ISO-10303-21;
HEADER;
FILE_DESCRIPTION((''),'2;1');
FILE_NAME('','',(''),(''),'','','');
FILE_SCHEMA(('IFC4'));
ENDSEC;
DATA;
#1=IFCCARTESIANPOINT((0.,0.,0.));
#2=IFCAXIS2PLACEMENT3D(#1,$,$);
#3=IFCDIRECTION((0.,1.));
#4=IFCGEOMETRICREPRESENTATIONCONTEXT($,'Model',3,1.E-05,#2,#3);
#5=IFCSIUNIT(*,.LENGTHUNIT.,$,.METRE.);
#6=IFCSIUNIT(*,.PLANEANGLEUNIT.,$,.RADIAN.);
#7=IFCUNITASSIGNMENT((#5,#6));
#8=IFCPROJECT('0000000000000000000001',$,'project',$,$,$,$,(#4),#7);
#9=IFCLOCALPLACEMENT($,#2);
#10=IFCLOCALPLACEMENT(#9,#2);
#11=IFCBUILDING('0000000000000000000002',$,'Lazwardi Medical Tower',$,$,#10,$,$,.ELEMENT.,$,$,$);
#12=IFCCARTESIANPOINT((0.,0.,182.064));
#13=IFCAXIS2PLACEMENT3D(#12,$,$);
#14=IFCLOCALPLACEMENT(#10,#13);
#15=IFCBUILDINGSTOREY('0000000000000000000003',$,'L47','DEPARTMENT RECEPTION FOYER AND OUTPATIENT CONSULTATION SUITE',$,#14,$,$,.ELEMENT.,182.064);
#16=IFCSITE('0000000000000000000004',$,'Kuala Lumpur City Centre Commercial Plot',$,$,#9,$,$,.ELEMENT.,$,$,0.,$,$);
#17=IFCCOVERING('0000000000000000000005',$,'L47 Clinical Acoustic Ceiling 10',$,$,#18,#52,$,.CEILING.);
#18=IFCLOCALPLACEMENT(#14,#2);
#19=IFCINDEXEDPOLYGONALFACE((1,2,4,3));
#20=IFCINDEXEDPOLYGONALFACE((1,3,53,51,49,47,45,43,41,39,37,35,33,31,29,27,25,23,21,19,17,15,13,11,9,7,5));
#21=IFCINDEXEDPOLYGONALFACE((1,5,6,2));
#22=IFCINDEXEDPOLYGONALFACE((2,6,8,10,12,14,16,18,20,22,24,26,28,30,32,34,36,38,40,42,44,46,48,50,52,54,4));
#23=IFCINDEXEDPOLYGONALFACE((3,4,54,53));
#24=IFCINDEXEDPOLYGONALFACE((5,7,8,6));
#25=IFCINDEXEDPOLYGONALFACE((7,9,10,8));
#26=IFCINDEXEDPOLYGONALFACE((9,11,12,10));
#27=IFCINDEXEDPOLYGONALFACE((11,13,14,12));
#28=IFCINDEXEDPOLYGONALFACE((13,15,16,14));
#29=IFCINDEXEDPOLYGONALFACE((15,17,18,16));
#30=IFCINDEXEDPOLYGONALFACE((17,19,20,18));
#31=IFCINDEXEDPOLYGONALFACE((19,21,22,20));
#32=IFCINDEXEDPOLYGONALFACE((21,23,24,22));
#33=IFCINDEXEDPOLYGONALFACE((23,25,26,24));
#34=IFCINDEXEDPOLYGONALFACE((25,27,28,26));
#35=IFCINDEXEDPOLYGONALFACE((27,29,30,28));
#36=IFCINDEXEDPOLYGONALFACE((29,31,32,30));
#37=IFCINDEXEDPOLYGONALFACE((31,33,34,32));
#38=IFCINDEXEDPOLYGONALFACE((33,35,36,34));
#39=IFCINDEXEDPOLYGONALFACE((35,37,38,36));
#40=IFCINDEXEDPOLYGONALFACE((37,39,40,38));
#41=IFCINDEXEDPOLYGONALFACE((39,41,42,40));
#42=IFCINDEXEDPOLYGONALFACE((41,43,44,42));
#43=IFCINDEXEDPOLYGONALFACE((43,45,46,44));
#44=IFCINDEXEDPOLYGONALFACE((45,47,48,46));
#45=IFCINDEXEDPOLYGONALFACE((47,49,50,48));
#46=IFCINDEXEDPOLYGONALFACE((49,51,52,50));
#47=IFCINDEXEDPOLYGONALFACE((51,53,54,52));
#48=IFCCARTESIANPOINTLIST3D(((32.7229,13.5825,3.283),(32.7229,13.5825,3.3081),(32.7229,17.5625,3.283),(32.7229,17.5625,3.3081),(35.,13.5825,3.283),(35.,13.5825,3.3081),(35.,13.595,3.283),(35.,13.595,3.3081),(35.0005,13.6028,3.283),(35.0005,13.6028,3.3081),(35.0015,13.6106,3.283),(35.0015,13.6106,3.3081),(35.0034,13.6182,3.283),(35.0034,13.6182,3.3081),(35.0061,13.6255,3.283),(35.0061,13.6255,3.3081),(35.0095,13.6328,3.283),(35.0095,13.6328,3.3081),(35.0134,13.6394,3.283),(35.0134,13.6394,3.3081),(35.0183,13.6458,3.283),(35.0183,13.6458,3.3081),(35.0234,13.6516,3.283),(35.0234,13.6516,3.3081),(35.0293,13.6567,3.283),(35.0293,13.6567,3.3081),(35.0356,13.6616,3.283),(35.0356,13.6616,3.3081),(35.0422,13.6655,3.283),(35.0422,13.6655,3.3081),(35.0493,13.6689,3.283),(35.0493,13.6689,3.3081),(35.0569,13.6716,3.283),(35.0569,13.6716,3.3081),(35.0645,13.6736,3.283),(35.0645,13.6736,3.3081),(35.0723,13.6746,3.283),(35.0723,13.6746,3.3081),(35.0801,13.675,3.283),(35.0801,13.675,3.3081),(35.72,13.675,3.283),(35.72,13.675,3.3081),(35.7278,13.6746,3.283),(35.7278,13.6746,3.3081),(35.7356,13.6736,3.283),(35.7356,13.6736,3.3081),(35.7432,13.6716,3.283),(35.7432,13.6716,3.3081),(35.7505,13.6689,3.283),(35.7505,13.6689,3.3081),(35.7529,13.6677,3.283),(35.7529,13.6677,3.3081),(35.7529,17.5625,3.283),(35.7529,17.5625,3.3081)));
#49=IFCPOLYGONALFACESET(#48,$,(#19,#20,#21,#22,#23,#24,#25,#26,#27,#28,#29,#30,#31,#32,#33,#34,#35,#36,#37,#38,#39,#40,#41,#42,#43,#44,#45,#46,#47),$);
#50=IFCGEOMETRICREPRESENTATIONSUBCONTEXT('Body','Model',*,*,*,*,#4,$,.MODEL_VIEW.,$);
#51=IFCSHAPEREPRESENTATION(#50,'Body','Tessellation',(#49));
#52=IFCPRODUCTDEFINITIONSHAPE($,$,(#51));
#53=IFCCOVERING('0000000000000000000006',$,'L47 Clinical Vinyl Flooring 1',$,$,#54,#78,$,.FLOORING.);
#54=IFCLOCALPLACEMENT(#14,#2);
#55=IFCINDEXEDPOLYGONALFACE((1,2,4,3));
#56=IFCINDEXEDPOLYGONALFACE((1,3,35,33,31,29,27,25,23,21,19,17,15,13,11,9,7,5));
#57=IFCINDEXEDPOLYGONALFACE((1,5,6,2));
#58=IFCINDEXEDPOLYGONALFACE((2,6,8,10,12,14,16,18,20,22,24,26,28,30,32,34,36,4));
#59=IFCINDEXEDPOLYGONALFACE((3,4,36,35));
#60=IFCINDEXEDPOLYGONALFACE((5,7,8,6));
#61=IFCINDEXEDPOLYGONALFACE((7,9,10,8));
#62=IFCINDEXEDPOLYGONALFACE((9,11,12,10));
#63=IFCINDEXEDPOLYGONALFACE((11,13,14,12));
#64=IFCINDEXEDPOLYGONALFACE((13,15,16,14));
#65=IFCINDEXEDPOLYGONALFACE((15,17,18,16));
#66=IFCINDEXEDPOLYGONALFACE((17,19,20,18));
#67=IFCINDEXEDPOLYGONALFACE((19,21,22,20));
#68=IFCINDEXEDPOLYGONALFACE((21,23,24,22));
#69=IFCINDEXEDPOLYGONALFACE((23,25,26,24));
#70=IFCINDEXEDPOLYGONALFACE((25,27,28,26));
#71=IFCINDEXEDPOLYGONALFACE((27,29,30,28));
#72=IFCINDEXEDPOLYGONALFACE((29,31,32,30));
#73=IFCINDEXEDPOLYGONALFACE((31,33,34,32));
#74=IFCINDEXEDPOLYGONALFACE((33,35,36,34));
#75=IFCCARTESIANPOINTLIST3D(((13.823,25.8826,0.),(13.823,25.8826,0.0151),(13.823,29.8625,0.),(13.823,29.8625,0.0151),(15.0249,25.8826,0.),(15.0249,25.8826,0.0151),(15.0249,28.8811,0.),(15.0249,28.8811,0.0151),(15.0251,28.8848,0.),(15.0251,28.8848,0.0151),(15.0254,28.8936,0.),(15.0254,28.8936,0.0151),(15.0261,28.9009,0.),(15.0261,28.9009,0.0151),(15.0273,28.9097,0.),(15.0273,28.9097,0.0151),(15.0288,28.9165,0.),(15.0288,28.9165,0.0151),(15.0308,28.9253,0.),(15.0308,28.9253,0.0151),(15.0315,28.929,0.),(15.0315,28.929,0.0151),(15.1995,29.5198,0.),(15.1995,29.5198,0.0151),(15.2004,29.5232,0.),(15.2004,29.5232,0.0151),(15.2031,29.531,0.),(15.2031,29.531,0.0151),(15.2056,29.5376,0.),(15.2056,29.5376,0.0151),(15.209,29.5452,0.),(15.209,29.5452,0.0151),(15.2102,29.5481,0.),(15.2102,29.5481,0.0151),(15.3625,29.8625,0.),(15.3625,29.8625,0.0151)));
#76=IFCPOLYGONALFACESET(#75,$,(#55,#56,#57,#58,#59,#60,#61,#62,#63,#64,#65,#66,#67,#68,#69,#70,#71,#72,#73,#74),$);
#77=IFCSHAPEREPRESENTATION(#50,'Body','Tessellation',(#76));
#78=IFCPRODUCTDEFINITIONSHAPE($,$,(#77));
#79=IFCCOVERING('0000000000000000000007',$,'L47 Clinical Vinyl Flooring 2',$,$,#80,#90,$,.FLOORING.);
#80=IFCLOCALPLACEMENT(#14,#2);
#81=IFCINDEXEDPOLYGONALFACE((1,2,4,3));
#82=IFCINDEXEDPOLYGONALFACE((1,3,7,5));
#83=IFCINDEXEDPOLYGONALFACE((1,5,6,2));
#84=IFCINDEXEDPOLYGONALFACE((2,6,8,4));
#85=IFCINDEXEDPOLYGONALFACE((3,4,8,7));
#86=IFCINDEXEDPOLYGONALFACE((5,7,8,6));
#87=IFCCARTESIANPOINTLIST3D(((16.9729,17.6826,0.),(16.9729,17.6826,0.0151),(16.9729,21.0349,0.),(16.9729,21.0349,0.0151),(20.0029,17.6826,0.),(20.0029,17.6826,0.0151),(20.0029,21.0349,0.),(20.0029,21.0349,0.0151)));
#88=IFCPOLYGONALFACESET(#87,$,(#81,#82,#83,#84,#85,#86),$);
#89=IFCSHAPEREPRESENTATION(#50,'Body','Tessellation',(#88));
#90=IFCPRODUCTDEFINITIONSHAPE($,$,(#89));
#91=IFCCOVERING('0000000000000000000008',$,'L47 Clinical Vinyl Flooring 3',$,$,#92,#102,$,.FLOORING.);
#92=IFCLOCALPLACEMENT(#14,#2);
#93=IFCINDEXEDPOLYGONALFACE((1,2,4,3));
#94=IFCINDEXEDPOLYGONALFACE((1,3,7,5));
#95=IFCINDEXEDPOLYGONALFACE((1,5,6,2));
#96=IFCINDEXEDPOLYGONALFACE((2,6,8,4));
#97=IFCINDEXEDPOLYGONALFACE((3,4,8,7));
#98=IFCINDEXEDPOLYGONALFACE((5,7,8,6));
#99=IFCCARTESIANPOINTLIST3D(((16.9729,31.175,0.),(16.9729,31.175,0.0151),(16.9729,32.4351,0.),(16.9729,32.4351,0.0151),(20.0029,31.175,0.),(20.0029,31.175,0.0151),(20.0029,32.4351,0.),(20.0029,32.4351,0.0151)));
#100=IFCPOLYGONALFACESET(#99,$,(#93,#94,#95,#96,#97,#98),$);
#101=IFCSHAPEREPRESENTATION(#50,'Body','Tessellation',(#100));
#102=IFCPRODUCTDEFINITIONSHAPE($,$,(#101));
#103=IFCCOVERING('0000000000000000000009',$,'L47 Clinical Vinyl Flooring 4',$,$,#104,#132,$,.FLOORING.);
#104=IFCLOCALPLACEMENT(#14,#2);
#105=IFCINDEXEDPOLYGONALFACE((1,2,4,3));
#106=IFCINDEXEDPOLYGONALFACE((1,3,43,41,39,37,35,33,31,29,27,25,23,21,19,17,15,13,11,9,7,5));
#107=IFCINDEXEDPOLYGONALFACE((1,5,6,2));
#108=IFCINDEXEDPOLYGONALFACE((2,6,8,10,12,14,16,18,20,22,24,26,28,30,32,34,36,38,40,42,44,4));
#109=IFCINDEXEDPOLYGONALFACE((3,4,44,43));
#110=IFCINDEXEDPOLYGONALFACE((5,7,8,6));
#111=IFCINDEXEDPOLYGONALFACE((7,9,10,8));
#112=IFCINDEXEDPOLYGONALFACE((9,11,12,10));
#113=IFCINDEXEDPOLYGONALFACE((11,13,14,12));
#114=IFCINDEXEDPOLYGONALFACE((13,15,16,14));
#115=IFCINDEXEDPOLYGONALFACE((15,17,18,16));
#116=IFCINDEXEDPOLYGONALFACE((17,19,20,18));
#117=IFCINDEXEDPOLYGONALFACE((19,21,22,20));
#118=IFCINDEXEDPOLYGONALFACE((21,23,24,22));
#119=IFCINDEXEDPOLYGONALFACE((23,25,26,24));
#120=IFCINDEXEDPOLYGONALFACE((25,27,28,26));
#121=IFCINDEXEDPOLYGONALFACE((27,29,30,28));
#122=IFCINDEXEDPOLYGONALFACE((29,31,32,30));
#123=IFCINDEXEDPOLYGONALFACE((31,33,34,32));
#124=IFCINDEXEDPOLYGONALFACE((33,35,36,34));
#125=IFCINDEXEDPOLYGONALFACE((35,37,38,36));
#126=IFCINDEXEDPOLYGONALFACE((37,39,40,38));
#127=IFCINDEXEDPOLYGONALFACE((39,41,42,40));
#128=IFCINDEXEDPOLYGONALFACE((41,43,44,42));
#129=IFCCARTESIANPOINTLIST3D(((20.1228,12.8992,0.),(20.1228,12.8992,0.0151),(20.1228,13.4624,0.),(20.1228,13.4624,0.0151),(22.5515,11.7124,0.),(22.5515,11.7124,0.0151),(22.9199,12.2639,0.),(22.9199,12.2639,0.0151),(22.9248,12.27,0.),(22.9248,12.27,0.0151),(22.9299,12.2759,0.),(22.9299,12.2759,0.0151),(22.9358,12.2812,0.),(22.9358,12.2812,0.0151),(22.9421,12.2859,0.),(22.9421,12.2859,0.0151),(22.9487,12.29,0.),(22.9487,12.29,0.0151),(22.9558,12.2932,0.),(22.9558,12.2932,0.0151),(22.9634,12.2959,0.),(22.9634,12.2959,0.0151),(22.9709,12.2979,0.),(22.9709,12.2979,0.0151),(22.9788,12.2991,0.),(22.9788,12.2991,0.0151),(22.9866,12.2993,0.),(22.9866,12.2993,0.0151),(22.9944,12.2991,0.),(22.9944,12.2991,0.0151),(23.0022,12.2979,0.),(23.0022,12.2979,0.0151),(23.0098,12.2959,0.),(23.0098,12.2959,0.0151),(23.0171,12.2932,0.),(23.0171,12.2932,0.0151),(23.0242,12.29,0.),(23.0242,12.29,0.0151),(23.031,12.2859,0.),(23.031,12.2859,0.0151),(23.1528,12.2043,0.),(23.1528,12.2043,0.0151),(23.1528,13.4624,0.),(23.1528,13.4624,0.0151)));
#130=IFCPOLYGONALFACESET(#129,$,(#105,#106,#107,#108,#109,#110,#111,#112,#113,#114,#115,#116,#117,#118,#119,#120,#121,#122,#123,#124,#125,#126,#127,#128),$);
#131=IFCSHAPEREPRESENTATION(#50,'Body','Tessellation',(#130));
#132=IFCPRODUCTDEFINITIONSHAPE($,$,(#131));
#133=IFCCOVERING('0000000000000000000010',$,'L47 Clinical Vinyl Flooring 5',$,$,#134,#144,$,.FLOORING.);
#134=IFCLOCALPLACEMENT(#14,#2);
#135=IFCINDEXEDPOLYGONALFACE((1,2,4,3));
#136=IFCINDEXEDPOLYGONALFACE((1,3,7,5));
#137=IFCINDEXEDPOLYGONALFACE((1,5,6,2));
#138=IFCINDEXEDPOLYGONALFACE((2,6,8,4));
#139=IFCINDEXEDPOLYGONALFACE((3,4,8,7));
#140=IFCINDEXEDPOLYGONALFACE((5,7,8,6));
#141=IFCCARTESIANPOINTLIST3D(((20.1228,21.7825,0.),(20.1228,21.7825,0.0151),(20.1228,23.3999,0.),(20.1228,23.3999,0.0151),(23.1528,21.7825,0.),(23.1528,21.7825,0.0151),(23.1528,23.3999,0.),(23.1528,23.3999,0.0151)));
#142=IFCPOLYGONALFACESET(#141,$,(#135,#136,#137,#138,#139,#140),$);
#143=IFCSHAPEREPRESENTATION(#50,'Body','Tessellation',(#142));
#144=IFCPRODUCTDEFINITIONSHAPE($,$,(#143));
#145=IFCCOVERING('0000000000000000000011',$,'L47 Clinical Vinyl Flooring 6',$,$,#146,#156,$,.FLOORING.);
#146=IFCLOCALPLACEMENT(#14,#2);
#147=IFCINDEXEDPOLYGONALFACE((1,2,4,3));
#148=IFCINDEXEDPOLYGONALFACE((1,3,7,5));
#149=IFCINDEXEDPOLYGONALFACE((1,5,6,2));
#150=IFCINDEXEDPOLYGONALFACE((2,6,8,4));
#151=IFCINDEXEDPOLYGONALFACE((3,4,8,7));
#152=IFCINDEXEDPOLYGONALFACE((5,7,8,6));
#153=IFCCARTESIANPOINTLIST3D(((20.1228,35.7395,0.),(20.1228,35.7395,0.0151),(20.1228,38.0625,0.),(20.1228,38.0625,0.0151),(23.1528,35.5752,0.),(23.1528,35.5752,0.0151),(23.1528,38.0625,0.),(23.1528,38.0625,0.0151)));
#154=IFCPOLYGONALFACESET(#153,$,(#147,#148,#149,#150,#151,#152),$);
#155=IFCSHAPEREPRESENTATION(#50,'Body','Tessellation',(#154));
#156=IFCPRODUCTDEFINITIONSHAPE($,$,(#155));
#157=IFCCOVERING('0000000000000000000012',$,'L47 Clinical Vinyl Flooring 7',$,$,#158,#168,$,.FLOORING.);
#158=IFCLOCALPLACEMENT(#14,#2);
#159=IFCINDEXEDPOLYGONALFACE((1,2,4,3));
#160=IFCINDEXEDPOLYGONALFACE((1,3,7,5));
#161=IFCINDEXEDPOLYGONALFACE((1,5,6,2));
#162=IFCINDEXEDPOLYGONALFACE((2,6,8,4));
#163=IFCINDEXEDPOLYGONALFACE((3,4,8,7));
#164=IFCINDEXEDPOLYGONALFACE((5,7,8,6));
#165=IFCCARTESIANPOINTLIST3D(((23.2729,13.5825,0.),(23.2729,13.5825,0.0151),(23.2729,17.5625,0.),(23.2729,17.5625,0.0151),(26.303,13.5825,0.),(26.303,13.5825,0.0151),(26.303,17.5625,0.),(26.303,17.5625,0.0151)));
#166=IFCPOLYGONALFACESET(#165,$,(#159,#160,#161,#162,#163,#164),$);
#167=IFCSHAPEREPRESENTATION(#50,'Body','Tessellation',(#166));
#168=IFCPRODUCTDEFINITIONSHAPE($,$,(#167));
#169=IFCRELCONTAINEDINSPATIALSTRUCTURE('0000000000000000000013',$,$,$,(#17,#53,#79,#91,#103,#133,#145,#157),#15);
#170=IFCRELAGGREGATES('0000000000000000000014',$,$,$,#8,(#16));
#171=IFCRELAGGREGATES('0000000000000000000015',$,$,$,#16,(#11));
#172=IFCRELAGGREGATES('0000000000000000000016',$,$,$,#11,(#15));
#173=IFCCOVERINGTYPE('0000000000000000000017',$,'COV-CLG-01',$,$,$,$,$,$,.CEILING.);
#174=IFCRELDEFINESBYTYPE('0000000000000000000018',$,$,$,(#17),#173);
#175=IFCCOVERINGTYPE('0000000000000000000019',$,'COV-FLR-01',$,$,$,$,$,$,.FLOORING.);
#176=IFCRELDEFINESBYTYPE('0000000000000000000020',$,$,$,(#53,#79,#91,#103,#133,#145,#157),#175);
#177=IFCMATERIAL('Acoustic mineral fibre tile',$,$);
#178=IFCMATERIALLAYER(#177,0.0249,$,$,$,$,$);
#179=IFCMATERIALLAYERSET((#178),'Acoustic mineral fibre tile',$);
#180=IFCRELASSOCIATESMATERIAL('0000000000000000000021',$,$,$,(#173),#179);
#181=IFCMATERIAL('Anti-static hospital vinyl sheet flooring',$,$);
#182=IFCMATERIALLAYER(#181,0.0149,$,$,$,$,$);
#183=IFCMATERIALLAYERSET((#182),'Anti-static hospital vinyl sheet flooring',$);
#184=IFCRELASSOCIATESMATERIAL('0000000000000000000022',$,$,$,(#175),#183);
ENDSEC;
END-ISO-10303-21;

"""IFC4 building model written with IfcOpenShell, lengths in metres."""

from ifc_helpers import new_model, si_unit, direction, frame, origin, place, context, subcontext, project, spatial, polyline, outline, extrude, material, layer, layer_set, type_object, element, save


model = new_model("IFC4")

# Units and contexts
model_context = context("Model", 3, precision=1e-05, world=origin(), true_north=direction((0.0, 1.0)))
body_context = subcontext(model_context, "Body", "Model", "MODEL_VIEW")
ifc_project = project(units=[si_unit("LENGTHUNIT", "METRE"), si_unit("PLANEANGLEUNIT", "RADIAN")], contexts=[model_context])

# Site, building, storey
site_placement = place(None, origin())
site = spatial("IfcSite", under=ifc_project, at=site_placement, Name="Kuala Lumpur City Centre Commercial Plot", CompositionType="ELEMENT", RefElevation=0.0)
building_placement = place(site_placement, origin())
building = spatial("IfcBuilding", under=site, at=building_placement, Name="Lazwardi Medical Tower", CompositionType="ELEMENT")
storey_placement = place(building_placement, frame((0.0, 0.0, 182.064)))
storey = spatial("IfcBuildingStorey", under=building, at=storey_placement, Name="L47", Description="DEPARTMENT RECEPTION FOYER AND OUTPATIENT CONSULTATION SUITE", CompositionType="ELEMENT", Elevation=182.064)

# Coverings
ifc_material_1 = material(Name="Acoustic mineral fibre tile")
ifc_layer_1 = layer(ifc_material_1, 0.0249)
ifc_layer_set_1 = layer_set([ifc_layer_1], Name="Acoustic mineral fibre tile")
covering_type_1 = type_object("IfcCoveringType", Name="COV-CLG-01", PredefinedType="CEILING", material=ifc_layer_set_1)
covering_1_placement = place(storey_placement, frame((0.0, 0.0, 3.283)))
element("IfcCovering", 1, at=covering_1_placement, inside=storey, type_object=covering_type_1, Name="L47 Clinical Acoustic Ceiling 10", PredefinedType="CEILING", context=body_context, shape_type="SweptSolid", body=[
    extrude(outline(polyline([(35.0, 13.5825), (35.0, 13.595), (35.0005, 13.6028), (35.0015, 13.6106), (35.0034, 13.6182), (35.0061, 13.6255), (35.0095, 13.6328), (35.0134, 13.6394), (35.0183, 13.6458), (35.0234, 13.6516), (35.0293, 13.6567), (35.0356, 13.6616), (35.0422, 13.6655), (35.0493, 13.6689), (35.0569, 13.6716), (35.0645, 13.6736), (35.0723, 13.6746), (35.0801, 13.675), (35.72, 13.675), (35.7278, 13.6746), (35.7356, 13.6736), (35.7432, 13.6716), (35.7505, 13.6689), (35.7529, 13.6677), (35.7529, 17.5625), (32.7229, 17.5625), (32.7229, 13.5825), (35.0, 13.5825)])), origin(), (0.0, 0.0, 1.0), 0.0251),
])
ifc_material_2 = material(Name="Anti-static hospital vinyl sheet flooring")
ifc_layer_2 = layer(ifc_material_2, 0.0149)
ifc_layer_set_2 = layer_set([ifc_layer_2], Name="Anti-static hospital vinyl sheet flooring")
covering_type_2 = type_object("IfcCoveringType", Name="COV-FLR-01", PredefinedType="FLOORING", material=ifc_layer_set_2)
covering_2_placement = place(storey_placement, origin())
element("IfcCovering", 2, at=covering_2_placement, inside=storey, type_object=covering_type_2, Name="L47 Clinical Vinyl Flooring 1", PredefinedType="FLOORING", context=body_context, shape_type="SweptSolid", body=[
    extrude(outline(polyline([(15.0249, 25.8826), (15.0249, 28.8811), (15.0251, 28.8848), (15.0254, 28.8936), (15.0261, 28.9009), (15.0273, 28.9097), (15.0288, 28.9165), (15.0308, 28.9253), (15.0315, 28.929), (15.1995, 29.5198), (15.2004, 29.5232), (15.2031, 29.531), (15.2056, 29.5376), (15.209, 29.5452), (15.2102, 29.5481), (15.3625, 29.8625), (13.823, 29.8625), (13.823, 25.8826), (15.0249, 25.8826)])), origin(), (0.0, 0.0, 1.0), 0.0151),
])
covering_3_placement = place(storey_placement, origin())
element("IfcCovering", 3, at=covering_3_placement, inside=storey, type_object=covering_type_2, Name="L47 Clinical Vinyl Flooring 2", PredefinedType="FLOORING", context=body_context, shape_type="SweptSolid", body=[
    extrude(outline(polyline([(20.0029, 21.0349), (16.9729, 21.0349), (16.9729, 17.6826), (20.0029, 17.6826), (20.0029, 21.0349)])), origin(), (0.0, 0.0, 1.0), 0.0151),
])
covering_4_placement = place(storey_placement, origin())
element("IfcCovering", 4, at=covering_4_placement, inside=storey, type_object=covering_type_2, Name="L47 Clinical Vinyl Flooring 3", PredefinedType="FLOORING", context=body_context, shape_type="SweptSolid", body=[
    extrude(outline(polyline([(20.0029, 32.4351), (16.9729, 32.4351), (16.9729, 31.175), (20.0029, 31.175), (20.0029, 32.4351)])), origin(), (0.0, 0.0, 1.0), 0.0151),
])
covering_5_placement = place(storey_placement, origin())
element("IfcCovering", 5, at=covering_5_placement, inside=storey, type_object=covering_type_2, Name="L47 Clinical Vinyl Flooring 4", PredefinedType="FLOORING", context=body_context, shape_type="SweptSolid", body=[
    extrude(outline(polyline([(20.1228, 12.8992), (22.5515, 11.7124), (22.9199, 12.2639), (22.9248, 12.27), (22.9299, 12.2759), (22.9358, 12.2812), (22.9421, 12.2859), (22.9487, 12.29), (22.9558, 12.2932), (22.9634, 12.2959), (22.9709, 12.2979), (22.9788, 12.2991), (22.9866, 12.2993), (22.9944, 12.2991), (23.0022, 12.2979), (23.0098, 12.2959), (23.0171, 12.2932), (23.0242, 12.29), (23.031, 12.2859), (23.1528, 12.2043), (23.1528, 13.4624), (20.1228, 13.4624), (20.1228, 12.8992)])), origin(), (0.0, 0.0, 1.0), 0.0151),
])
covering_6_placement = place(storey_placement, origin())
element("IfcCovering", 6, at=covering_6_placement, inside=storey, type_object=covering_type_2, Name="L47 Clinical Vinyl Flooring 5", PredefinedType="FLOORING", context=body_context, shape_type="SweptSolid", body=[
    extrude(outline(polyline([(23.1528, 23.3999), (20.1228, 23.3999), (20.1228, 21.7825), (23.1528, 21.7825), (23.1528, 23.3999)])), origin(), (0.0, 0.0, 1.0), 0.0151),
])
covering_7_placement = place(storey_placement, origin())
element("IfcCovering", 7, at=covering_7_placement, inside=storey, type_object=covering_type_2, Name="L47 Clinical Vinyl Flooring 6", PredefinedType="FLOORING", context=body_context, shape_type="SweptSolid", body=[
    extrude(outline(polyline([(20.1228, 35.7395), (23.1528, 35.5752), (23.1528, 38.0625), (20.1228, 38.0625), (20.1228, 35.7395)])), origin(), (0.0, 0.0, 1.0), 0.0151),
])
covering_8_placement = place(storey_placement, origin())
element("IfcCovering", 8, at=covering_8_placement, inside=storey, type_object=covering_type_2, Name="L47 Clinical Vinyl Flooring 7", PredefinedType="FLOORING", context=body_context, shape_type="SweptSolid", body=[
    extrude(outline(polyline([(26.303, 13.5825), (26.303, 17.5625), (23.2729, 17.5625), (23.2729, 13.5825), (26.303, 13.5825)])), origin(), (0.0, 0.0, 1.0), 0.0151),
])

save(model, "model.ifc")
